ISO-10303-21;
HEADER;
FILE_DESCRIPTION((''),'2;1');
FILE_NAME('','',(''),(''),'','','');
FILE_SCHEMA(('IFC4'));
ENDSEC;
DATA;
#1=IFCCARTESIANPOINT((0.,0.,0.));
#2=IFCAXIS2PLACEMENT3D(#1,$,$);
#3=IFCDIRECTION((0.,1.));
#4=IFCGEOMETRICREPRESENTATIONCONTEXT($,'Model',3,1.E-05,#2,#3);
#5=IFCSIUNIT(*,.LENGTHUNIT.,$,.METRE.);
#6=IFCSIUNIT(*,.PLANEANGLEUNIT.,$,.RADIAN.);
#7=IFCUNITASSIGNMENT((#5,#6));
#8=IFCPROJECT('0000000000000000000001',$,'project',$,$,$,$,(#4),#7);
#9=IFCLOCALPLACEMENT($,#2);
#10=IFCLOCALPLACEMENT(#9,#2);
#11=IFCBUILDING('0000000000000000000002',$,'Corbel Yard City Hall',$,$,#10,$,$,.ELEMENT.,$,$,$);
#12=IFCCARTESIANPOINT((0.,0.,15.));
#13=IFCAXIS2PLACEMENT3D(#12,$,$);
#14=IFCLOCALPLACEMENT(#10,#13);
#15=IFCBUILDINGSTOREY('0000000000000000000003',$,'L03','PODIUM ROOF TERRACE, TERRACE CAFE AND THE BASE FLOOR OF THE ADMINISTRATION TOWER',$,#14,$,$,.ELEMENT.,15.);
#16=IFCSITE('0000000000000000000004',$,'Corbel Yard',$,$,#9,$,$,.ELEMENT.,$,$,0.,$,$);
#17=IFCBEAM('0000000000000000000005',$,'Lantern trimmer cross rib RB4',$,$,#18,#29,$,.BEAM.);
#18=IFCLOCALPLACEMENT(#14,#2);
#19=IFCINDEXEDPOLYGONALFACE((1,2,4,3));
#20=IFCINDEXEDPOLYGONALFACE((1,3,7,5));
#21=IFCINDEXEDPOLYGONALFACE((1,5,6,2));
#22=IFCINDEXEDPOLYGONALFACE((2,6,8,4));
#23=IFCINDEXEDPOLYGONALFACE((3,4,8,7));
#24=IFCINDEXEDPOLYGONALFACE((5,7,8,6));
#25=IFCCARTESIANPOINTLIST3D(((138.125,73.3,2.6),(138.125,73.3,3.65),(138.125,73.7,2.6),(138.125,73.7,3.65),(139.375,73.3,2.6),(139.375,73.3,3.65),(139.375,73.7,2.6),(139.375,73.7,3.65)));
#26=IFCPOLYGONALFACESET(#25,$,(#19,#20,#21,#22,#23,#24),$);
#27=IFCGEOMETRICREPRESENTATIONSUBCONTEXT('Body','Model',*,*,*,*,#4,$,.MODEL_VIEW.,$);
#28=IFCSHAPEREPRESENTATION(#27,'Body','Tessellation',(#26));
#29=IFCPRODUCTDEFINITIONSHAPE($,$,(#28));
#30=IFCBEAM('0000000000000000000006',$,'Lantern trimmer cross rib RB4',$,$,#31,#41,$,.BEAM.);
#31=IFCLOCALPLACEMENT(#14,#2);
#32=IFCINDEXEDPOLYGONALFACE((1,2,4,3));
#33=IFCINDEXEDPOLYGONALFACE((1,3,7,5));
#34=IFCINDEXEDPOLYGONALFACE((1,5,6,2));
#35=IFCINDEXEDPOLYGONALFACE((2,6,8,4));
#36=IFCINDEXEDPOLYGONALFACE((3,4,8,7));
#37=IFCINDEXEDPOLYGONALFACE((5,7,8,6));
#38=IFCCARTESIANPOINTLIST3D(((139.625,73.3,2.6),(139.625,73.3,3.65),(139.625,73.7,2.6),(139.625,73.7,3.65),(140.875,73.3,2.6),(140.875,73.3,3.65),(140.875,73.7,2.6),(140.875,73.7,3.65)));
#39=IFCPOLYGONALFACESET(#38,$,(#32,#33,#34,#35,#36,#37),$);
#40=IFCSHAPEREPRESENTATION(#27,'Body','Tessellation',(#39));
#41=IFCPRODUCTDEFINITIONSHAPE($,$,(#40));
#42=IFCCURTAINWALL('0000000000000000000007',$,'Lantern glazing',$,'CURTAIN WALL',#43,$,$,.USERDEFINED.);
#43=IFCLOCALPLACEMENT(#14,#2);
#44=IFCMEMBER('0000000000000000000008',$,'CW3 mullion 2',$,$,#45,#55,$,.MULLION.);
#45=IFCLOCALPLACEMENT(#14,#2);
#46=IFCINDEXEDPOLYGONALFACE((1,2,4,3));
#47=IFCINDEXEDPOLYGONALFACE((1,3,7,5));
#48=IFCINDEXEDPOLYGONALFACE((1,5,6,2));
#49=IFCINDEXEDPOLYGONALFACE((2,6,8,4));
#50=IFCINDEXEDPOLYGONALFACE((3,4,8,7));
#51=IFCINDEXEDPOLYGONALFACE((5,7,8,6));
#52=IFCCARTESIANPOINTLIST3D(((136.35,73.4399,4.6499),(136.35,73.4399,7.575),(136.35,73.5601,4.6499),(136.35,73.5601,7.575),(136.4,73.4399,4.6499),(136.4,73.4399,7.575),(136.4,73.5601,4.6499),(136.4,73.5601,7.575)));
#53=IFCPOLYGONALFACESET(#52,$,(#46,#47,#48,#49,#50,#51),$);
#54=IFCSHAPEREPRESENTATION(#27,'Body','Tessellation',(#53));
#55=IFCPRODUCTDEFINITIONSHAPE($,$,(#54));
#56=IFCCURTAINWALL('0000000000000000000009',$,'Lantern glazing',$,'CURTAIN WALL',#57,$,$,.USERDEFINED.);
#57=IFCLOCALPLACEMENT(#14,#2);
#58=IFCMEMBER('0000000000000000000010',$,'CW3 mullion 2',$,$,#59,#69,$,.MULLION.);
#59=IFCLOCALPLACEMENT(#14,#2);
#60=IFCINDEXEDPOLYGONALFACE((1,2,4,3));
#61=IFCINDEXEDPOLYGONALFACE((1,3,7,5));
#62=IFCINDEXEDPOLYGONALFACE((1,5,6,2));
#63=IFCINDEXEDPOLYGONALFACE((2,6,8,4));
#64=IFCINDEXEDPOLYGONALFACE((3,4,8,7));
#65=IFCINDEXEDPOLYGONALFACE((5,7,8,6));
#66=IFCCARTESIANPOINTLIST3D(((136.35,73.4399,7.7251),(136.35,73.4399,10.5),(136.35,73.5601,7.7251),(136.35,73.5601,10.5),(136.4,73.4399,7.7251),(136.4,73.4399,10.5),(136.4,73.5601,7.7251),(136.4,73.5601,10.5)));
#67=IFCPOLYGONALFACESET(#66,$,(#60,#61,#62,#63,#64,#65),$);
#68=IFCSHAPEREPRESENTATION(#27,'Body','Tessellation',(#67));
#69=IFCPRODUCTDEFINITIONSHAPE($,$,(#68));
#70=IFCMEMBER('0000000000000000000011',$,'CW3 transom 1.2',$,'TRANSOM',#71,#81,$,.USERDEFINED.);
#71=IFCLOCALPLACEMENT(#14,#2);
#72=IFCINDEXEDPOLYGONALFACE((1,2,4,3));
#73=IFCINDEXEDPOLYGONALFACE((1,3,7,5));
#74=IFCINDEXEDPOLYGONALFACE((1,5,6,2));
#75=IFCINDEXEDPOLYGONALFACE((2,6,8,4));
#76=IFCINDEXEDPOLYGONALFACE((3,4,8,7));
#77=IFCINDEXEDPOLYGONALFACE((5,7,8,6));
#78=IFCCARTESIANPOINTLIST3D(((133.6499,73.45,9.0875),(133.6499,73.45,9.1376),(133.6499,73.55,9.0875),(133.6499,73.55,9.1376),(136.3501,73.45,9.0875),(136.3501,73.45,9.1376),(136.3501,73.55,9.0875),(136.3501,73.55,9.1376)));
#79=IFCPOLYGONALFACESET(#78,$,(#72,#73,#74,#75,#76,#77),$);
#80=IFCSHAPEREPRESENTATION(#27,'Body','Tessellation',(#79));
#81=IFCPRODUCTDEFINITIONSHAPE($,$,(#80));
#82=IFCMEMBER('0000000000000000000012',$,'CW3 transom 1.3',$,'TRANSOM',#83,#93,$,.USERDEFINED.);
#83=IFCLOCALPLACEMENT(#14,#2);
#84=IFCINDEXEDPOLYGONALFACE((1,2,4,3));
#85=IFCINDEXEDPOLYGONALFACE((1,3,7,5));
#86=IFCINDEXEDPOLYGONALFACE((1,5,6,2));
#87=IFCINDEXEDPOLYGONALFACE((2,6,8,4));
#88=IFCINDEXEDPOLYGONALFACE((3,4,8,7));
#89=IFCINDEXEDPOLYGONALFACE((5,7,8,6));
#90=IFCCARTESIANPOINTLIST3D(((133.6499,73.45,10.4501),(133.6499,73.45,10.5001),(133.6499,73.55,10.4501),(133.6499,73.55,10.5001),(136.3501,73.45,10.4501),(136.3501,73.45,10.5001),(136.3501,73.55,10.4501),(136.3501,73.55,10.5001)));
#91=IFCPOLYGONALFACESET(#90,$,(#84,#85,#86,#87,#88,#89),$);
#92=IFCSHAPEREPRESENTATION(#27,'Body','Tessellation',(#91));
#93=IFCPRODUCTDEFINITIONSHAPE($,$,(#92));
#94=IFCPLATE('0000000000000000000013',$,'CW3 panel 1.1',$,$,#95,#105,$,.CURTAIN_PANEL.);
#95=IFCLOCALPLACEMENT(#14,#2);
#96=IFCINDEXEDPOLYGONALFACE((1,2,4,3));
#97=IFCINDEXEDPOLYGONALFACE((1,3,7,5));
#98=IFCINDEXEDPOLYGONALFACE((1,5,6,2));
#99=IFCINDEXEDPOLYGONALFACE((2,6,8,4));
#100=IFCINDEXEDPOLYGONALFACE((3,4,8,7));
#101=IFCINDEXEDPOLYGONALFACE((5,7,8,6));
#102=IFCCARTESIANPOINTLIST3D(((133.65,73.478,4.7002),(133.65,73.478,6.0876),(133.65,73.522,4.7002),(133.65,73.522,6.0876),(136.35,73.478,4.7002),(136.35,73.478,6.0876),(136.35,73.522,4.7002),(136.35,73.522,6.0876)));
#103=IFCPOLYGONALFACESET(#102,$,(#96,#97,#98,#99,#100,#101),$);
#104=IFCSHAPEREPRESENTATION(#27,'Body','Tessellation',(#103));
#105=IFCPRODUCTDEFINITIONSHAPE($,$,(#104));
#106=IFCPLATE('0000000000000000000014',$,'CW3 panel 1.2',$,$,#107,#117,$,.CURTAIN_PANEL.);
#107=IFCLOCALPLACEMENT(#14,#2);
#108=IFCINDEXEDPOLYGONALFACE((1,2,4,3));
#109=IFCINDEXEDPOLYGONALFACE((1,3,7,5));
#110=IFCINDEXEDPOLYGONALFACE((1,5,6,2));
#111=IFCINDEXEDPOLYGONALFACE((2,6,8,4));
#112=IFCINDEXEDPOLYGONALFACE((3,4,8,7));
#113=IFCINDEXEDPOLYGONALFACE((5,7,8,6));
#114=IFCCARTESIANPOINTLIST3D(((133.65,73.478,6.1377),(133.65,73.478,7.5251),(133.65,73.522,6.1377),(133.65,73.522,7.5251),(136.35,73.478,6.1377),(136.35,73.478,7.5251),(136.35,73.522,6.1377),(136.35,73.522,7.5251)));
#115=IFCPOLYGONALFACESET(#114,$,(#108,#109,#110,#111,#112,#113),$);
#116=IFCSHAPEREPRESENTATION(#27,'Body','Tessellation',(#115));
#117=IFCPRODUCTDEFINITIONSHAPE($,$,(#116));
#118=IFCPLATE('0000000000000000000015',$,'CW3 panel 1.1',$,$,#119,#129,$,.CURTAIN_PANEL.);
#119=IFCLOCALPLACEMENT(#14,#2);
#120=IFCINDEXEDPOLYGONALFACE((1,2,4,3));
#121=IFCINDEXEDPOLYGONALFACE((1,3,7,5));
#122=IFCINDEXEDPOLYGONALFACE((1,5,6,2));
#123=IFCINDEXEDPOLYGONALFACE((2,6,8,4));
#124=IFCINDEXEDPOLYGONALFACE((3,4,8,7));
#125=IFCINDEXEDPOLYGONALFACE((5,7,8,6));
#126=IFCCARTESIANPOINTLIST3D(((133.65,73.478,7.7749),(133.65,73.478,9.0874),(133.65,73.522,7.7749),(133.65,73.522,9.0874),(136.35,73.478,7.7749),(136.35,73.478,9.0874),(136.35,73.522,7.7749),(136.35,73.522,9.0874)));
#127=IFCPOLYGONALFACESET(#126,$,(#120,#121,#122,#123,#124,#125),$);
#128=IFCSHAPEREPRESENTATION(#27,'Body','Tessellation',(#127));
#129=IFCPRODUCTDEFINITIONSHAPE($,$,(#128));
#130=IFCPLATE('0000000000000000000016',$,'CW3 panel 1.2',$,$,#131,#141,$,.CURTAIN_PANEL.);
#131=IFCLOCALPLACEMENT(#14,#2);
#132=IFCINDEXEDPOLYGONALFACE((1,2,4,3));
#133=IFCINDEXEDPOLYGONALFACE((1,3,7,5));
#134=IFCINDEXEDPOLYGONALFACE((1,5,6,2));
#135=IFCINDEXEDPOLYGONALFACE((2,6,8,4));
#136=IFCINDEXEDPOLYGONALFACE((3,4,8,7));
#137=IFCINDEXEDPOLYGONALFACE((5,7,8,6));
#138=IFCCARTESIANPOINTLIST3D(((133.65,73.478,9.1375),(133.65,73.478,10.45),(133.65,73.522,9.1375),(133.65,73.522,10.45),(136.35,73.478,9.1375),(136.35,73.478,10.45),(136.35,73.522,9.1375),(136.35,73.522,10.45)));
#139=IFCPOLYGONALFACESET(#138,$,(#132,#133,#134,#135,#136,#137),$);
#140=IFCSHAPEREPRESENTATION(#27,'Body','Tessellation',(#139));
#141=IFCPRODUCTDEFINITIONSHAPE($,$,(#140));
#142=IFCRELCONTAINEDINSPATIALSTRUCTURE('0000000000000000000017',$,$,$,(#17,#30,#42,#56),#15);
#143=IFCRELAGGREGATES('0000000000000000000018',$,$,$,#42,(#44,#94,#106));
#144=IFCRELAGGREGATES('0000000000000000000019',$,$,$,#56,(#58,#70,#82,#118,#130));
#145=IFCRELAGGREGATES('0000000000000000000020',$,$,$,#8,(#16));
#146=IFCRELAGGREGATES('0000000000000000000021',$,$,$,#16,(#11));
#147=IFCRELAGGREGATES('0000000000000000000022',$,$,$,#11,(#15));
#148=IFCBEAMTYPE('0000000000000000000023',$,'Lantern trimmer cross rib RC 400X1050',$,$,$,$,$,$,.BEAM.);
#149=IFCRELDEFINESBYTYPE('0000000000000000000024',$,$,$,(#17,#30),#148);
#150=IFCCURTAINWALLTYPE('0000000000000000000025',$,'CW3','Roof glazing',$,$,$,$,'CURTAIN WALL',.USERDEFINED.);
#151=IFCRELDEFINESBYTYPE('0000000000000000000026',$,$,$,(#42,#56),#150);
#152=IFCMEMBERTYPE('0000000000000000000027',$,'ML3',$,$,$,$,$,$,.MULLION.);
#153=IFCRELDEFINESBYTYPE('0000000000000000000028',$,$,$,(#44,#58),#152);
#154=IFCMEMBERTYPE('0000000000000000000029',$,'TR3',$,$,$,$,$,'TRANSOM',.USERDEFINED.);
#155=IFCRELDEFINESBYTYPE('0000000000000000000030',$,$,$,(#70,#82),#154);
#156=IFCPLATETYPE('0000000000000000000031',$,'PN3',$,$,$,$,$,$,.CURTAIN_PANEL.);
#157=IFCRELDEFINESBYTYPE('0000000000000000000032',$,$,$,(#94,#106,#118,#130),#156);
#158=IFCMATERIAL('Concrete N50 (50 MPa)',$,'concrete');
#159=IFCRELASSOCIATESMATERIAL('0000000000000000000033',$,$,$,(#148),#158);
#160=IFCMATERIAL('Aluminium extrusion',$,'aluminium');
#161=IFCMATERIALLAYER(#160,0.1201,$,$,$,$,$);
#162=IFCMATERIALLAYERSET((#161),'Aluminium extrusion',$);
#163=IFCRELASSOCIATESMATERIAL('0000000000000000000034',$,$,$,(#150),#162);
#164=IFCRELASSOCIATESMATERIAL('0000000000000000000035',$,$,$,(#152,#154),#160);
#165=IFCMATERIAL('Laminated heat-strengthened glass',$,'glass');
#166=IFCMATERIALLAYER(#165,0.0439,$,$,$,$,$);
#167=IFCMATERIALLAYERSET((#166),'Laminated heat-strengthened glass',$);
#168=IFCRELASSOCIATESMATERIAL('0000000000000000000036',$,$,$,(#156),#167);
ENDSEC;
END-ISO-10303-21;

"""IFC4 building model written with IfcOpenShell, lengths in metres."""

from ifc_helpers import new_model, si_unit, direction, frame, origin, origin_2d, place, context, subcontext, project, spatial, rectangle, extrude, material, layer, layer_set, material_profile, profile_set, type_object, element, aggregate, save


model = new_model("IFC4")

# Units and contexts
model_context = context("Model", 3, precision=1e-05, world=origin(), true_north=direction((0.0, 1.0)))
body_context = subcontext(model_context, "Body", "Model", "MODEL_VIEW")
ifc_project = project(units=[si_unit("LENGTHUNIT", "METRE"), si_unit("PLANEANGLEUNIT", "RADIAN")], contexts=[model_context])

# Site, building, storey
site_placement = place(None, origin())
site = spatial("IfcSite", under=ifc_project, at=site_placement, Name="Corbel Yard", CompositionType="ELEMENT", RefElevation=0.0)
building_placement = place(site_placement, origin())
building = spatial("IfcBuilding", under=site, at=building_placement, Name="Corbel Yard City Hall", CompositionType="ELEMENT")
storey_placement = place(building_placement, frame((0.0, 0.0, 15.0)))
storey = spatial("IfcBuildingStorey", under=building, at=storey_placement, Name="L03", Description="PODIUM ROOF TERRACE, TERRACE CAFE AND THE BASE FLOOR OF THE ADMINISTRATION TOWER", CompositionType="ELEMENT", Elevation=15.0)

# Beams
ifc_material_1 = material(Name="Concrete N50 (50 MPa)", Category="concrete")
ifc_material_profile_1 = material_profile(ifc_material_1, rectangle(XDim=0.3999, YDim=1.05, at=origin_2d()), Name="400x1050")
ifc_profile_set_1 = profile_set([ifc_material_profile_1], Name="Concrete N50 (50 MPa)")
beam_type_1 = type_object("IfcBeamType", Name="Lantern trimmer cross rib RC 400X1050", PredefinedType="BEAM", material=ifc_profile_set_1)
for number, where, z_axis, x_axis, name in (
    (1, (138.125, 73.5, 3.125), (1.0, 0.0, 0.0), (0.0, 1.0, 0.0), "Lantern trimmer cross rib RB4"),
    (2, (139.625, 73.5, 3.125), (1.0, 0.0, 0.0), (0.0, 1.0, 0.0), "Lantern trimmer cross rib RB4"),
):
    element("IfcBeam", number, at=place(storey_placement, frame(where, z_axis=z_axis, x_axis=x_axis)), inside=storey, type_object=beam_type_1, Name=name, PredefinedType="BEAM", context=body_context, shape_type="SweptSolid", body=[
        extrude(rectangle(XDim=0.3999, YDim=1.05, at=origin_2d()), origin(), (0.0, 0.0, 1.0), 1.25),
    ])

# Curtain wall, member
ifc_material_2 = material(Name="Aluminium extrusion", Category="aluminium")
ifc_layer_1 = layer(ifc_material_2, 0.1201)
ifc_layer_set_1 = layer_set([ifc_layer_1], Name="Aluminium extrusion")
curtain_wall_type = type_object("IfcCurtainWallType", Name="CW3", Description="Roof glazing", ElementType="CURTAIN WALL", PredefinedType="USERDEFINED", material=ifc_layer_set_1)
curtain_wall_1_placement = place(storey_placement, origin())
curtain_wall_1 = element("IfcCurtainWall", 3, at=curtain_wall_1_placement, inside=storey, type_object=curtain_wall_type, Name="Lantern glazing", ObjectType="CURTAIN WALL", PredefinedType="USERDEFINED")
ifc_material_profile_2 = material_profile(ifc_material_2, rectangle(XDim=0.1201, YDim=0.05, at=origin_2d()), Name="120x50")
ifc_profile_set_2 = profile_set([ifc_material_profile_2], Name="Aluminium extrusion")
member_type_1 = type_object("IfcMemberType", Name="ML3", PredefinedType="MULLION", material=ifc_profile_set_2)
member_1_placement = place(storey_placement, frame((136.375, 73.5, 4.6499), z_axis=(0.0, 0.0, 1.0), x_axis=(0.0, 1.0, 0.0)))
member_1 = element("IfcMember", 4, at=member_1_placement, type_object=member_type_1, Name="CW3 mullion 2", PredefinedType="MULLION", context=body_context, shape_type="SweptSolid", body=[
    extrude(rectangle(XDim=0.1201, YDim=0.05, at=origin_2d()), origin(), (0.0, 0.0, 1.0), 2.925),
])

# Curtain wall, members
curtain_wall_2_placement = place(storey_placement, origin())
curtain_wall_2 = element("IfcCurtainWall", 5, at=curtain_wall_2_placement, inside=storey, type_object=curtain_wall_type, Name="Lantern glazing", ObjectType="CURTAIN WALL", PredefinedType="USERDEFINED")
member_2_placement = place(storey_placement, frame((136.375, 73.5, 7.7251), z_axis=(0.0, 0.0, 1.0), x_axis=(0.0, 1.0, 0.0)))
member_2 = element("IfcMember", 6, at=member_2_placement, type_object=member_type_1, Name="CW3 mullion 2", PredefinedType="MULLION", context=body_context, shape_type="SweptSolid", body=[
    extrude(rectangle(XDim=0.1201, YDim=0.05, at=origin_2d()), origin(), (0.0, 0.0, 1.0), 2.7749),
])
ifc_material_profile_3 = material_profile(ifc_material_2, rectangle(XDim=0.1001, YDim=0.05, at=origin_2d()), Name="100x50")
ifc_profile_set_3 = profile_set([ifc_material_profile_3], Name="Aluminium extrusion")
member_type_2 = type_object("IfcMemberType", Name="TR3", ElementType="TRANSOM", PredefinedType="USERDEFINED", material=ifc_profile_set_3)
member_3_placement = place(storey_placement, frame((133.6499, 73.5, 9.1125), z_axis=(1.0, 0.0, 0.0), x_axis=(0.0, 1.0, 0.0)))
member_3 = element("IfcMember", 7, at=member_3_placement, type_object=member_type_2, Name="CW3 transom 1.2", ObjectType="TRANSOM", PredefinedType="USERDEFINED", context=body_context, shape_type="SweptSolid", body=[
    extrude(rectangle(XDim=0.1001, YDim=0.05, at=origin_2d()), origin(), (0.0, 0.0, 1.0), 2.7002),
])
member_4_placement = place(storey_placement, frame((133.6499, 73.5, 10.4751), z_axis=(1.0, 0.0, 0.0), x_axis=(0.0, 1.0, 0.0)))
member_4 = element("IfcMember", 8, at=member_4_placement, type_object=member_type_2, Name="CW3 transom 1.3", ObjectType="TRANSOM", PredefinedType="USERDEFINED", context=body_context, shape_type="SweptSolid", body=[
    extrude(rectangle(XDim=0.1001, YDim=0.05, at=origin_2d()), origin(), (0.0, 0.0, 1.0), 2.7002),
])

# Plates
ifc_material_3 = material(Name="Laminated heat-strengthened glass", Category="glass")
ifc_layer_2 = layer(ifc_material_3, 0.0439)
ifc_layer_set_2 = layer_set([ifc_layer_2], Name="Laminated heat-strengthened glass")
plate_type = type_object("IfcPlateType", Name="PN3", PredefinedType="CURTAIN_PANEL", material=ifc_layer_set_2)
plate_1_placement = place(storey_placement, frame((135.0, 73.5, 4.7002), z_axis=(0.0, 0.0, 1.0), x_axis=(1.0, 0.0, 0.0)))
plate_1 = element("IfcPlate", 9, at=plate_1_placement, type_object=plate_type, Name="CW3 panel 1.1", PredefinedType="CURTAIN_PANEL", context=body_context, shape_type="SweptSolid", body=[
    extrude(rectangle(XDim=2.7, YDim=0.0439, at=origin_2d()), origin(), (0.0, 0.0, 1.0), 1.3875),
])
plate_2_placement = place(storey_placement, frame((135.0, 73.5, 6.1377), z_axis=(0.0, 0.0, 1.0), x_axis=(1.0, 0.0, 0.0)))
plate_2 = element("IfcPlate", 10, at=plate_2_placement, type_object=plate_type, Name="CW3 panel 1.2", PredefinedType="CURTAIN_PANEL", context=body_context, shape_type="SweptSolid", body=[
    extrude(rectangle(XDim=2.7, YDim=0.0439, at=origin_2d()), origin(), (0.0, 0.0, 1.0), 1.3875),
])
aggregate(curtain_wall_1, [member_1, plate_1, plate_2])
plate_3_placement = place(storey_placement, frame((135.0, 73.5, 7.7749), z_axis=(0.0, 0.0, 1.0), x_axis=(1.0, 0.0, 0.0)))
plate_3 = element("IfcPlate", 11, at=plate_3_placement, type_object=plate_type, Name="CW3 panel 1.1", PredefinedType="CURTAIN_PANEL", context=body_context, shape_type="SweptSolid", body=[
    extrude(rectangle(XDim=2.7, YDim=0.0439, at=origin_2d()), origin(), (0.0, 0.0, 1.0), 1.3125),
])
plate_4_placement = place(storey_placement, frame((135.0, 73.5, 9.1375), z_axis=(0.0, 0.0, 1.0), x_axis=(1.0, 0.0, 0.0)))
plate_4 = element("IfcPlate", 12, at=plate_4_placement, type_object=plate_type, Name="CW3 panel 1.2", PredefinedType="CURTAIN_PANEL", context=body_context, shape_type="SweptSolid", body=[
    extrude(rectangle(XDim=2.7, YDim=0.0439, at=origin_2d()), origin(), (0.0, 0.0, 1.0), 1.3125),
])
aggregate(curtain_wall_2, [member_2, member_3, member_4, plate_3, plate_4])

save(model, "model.ifc")
